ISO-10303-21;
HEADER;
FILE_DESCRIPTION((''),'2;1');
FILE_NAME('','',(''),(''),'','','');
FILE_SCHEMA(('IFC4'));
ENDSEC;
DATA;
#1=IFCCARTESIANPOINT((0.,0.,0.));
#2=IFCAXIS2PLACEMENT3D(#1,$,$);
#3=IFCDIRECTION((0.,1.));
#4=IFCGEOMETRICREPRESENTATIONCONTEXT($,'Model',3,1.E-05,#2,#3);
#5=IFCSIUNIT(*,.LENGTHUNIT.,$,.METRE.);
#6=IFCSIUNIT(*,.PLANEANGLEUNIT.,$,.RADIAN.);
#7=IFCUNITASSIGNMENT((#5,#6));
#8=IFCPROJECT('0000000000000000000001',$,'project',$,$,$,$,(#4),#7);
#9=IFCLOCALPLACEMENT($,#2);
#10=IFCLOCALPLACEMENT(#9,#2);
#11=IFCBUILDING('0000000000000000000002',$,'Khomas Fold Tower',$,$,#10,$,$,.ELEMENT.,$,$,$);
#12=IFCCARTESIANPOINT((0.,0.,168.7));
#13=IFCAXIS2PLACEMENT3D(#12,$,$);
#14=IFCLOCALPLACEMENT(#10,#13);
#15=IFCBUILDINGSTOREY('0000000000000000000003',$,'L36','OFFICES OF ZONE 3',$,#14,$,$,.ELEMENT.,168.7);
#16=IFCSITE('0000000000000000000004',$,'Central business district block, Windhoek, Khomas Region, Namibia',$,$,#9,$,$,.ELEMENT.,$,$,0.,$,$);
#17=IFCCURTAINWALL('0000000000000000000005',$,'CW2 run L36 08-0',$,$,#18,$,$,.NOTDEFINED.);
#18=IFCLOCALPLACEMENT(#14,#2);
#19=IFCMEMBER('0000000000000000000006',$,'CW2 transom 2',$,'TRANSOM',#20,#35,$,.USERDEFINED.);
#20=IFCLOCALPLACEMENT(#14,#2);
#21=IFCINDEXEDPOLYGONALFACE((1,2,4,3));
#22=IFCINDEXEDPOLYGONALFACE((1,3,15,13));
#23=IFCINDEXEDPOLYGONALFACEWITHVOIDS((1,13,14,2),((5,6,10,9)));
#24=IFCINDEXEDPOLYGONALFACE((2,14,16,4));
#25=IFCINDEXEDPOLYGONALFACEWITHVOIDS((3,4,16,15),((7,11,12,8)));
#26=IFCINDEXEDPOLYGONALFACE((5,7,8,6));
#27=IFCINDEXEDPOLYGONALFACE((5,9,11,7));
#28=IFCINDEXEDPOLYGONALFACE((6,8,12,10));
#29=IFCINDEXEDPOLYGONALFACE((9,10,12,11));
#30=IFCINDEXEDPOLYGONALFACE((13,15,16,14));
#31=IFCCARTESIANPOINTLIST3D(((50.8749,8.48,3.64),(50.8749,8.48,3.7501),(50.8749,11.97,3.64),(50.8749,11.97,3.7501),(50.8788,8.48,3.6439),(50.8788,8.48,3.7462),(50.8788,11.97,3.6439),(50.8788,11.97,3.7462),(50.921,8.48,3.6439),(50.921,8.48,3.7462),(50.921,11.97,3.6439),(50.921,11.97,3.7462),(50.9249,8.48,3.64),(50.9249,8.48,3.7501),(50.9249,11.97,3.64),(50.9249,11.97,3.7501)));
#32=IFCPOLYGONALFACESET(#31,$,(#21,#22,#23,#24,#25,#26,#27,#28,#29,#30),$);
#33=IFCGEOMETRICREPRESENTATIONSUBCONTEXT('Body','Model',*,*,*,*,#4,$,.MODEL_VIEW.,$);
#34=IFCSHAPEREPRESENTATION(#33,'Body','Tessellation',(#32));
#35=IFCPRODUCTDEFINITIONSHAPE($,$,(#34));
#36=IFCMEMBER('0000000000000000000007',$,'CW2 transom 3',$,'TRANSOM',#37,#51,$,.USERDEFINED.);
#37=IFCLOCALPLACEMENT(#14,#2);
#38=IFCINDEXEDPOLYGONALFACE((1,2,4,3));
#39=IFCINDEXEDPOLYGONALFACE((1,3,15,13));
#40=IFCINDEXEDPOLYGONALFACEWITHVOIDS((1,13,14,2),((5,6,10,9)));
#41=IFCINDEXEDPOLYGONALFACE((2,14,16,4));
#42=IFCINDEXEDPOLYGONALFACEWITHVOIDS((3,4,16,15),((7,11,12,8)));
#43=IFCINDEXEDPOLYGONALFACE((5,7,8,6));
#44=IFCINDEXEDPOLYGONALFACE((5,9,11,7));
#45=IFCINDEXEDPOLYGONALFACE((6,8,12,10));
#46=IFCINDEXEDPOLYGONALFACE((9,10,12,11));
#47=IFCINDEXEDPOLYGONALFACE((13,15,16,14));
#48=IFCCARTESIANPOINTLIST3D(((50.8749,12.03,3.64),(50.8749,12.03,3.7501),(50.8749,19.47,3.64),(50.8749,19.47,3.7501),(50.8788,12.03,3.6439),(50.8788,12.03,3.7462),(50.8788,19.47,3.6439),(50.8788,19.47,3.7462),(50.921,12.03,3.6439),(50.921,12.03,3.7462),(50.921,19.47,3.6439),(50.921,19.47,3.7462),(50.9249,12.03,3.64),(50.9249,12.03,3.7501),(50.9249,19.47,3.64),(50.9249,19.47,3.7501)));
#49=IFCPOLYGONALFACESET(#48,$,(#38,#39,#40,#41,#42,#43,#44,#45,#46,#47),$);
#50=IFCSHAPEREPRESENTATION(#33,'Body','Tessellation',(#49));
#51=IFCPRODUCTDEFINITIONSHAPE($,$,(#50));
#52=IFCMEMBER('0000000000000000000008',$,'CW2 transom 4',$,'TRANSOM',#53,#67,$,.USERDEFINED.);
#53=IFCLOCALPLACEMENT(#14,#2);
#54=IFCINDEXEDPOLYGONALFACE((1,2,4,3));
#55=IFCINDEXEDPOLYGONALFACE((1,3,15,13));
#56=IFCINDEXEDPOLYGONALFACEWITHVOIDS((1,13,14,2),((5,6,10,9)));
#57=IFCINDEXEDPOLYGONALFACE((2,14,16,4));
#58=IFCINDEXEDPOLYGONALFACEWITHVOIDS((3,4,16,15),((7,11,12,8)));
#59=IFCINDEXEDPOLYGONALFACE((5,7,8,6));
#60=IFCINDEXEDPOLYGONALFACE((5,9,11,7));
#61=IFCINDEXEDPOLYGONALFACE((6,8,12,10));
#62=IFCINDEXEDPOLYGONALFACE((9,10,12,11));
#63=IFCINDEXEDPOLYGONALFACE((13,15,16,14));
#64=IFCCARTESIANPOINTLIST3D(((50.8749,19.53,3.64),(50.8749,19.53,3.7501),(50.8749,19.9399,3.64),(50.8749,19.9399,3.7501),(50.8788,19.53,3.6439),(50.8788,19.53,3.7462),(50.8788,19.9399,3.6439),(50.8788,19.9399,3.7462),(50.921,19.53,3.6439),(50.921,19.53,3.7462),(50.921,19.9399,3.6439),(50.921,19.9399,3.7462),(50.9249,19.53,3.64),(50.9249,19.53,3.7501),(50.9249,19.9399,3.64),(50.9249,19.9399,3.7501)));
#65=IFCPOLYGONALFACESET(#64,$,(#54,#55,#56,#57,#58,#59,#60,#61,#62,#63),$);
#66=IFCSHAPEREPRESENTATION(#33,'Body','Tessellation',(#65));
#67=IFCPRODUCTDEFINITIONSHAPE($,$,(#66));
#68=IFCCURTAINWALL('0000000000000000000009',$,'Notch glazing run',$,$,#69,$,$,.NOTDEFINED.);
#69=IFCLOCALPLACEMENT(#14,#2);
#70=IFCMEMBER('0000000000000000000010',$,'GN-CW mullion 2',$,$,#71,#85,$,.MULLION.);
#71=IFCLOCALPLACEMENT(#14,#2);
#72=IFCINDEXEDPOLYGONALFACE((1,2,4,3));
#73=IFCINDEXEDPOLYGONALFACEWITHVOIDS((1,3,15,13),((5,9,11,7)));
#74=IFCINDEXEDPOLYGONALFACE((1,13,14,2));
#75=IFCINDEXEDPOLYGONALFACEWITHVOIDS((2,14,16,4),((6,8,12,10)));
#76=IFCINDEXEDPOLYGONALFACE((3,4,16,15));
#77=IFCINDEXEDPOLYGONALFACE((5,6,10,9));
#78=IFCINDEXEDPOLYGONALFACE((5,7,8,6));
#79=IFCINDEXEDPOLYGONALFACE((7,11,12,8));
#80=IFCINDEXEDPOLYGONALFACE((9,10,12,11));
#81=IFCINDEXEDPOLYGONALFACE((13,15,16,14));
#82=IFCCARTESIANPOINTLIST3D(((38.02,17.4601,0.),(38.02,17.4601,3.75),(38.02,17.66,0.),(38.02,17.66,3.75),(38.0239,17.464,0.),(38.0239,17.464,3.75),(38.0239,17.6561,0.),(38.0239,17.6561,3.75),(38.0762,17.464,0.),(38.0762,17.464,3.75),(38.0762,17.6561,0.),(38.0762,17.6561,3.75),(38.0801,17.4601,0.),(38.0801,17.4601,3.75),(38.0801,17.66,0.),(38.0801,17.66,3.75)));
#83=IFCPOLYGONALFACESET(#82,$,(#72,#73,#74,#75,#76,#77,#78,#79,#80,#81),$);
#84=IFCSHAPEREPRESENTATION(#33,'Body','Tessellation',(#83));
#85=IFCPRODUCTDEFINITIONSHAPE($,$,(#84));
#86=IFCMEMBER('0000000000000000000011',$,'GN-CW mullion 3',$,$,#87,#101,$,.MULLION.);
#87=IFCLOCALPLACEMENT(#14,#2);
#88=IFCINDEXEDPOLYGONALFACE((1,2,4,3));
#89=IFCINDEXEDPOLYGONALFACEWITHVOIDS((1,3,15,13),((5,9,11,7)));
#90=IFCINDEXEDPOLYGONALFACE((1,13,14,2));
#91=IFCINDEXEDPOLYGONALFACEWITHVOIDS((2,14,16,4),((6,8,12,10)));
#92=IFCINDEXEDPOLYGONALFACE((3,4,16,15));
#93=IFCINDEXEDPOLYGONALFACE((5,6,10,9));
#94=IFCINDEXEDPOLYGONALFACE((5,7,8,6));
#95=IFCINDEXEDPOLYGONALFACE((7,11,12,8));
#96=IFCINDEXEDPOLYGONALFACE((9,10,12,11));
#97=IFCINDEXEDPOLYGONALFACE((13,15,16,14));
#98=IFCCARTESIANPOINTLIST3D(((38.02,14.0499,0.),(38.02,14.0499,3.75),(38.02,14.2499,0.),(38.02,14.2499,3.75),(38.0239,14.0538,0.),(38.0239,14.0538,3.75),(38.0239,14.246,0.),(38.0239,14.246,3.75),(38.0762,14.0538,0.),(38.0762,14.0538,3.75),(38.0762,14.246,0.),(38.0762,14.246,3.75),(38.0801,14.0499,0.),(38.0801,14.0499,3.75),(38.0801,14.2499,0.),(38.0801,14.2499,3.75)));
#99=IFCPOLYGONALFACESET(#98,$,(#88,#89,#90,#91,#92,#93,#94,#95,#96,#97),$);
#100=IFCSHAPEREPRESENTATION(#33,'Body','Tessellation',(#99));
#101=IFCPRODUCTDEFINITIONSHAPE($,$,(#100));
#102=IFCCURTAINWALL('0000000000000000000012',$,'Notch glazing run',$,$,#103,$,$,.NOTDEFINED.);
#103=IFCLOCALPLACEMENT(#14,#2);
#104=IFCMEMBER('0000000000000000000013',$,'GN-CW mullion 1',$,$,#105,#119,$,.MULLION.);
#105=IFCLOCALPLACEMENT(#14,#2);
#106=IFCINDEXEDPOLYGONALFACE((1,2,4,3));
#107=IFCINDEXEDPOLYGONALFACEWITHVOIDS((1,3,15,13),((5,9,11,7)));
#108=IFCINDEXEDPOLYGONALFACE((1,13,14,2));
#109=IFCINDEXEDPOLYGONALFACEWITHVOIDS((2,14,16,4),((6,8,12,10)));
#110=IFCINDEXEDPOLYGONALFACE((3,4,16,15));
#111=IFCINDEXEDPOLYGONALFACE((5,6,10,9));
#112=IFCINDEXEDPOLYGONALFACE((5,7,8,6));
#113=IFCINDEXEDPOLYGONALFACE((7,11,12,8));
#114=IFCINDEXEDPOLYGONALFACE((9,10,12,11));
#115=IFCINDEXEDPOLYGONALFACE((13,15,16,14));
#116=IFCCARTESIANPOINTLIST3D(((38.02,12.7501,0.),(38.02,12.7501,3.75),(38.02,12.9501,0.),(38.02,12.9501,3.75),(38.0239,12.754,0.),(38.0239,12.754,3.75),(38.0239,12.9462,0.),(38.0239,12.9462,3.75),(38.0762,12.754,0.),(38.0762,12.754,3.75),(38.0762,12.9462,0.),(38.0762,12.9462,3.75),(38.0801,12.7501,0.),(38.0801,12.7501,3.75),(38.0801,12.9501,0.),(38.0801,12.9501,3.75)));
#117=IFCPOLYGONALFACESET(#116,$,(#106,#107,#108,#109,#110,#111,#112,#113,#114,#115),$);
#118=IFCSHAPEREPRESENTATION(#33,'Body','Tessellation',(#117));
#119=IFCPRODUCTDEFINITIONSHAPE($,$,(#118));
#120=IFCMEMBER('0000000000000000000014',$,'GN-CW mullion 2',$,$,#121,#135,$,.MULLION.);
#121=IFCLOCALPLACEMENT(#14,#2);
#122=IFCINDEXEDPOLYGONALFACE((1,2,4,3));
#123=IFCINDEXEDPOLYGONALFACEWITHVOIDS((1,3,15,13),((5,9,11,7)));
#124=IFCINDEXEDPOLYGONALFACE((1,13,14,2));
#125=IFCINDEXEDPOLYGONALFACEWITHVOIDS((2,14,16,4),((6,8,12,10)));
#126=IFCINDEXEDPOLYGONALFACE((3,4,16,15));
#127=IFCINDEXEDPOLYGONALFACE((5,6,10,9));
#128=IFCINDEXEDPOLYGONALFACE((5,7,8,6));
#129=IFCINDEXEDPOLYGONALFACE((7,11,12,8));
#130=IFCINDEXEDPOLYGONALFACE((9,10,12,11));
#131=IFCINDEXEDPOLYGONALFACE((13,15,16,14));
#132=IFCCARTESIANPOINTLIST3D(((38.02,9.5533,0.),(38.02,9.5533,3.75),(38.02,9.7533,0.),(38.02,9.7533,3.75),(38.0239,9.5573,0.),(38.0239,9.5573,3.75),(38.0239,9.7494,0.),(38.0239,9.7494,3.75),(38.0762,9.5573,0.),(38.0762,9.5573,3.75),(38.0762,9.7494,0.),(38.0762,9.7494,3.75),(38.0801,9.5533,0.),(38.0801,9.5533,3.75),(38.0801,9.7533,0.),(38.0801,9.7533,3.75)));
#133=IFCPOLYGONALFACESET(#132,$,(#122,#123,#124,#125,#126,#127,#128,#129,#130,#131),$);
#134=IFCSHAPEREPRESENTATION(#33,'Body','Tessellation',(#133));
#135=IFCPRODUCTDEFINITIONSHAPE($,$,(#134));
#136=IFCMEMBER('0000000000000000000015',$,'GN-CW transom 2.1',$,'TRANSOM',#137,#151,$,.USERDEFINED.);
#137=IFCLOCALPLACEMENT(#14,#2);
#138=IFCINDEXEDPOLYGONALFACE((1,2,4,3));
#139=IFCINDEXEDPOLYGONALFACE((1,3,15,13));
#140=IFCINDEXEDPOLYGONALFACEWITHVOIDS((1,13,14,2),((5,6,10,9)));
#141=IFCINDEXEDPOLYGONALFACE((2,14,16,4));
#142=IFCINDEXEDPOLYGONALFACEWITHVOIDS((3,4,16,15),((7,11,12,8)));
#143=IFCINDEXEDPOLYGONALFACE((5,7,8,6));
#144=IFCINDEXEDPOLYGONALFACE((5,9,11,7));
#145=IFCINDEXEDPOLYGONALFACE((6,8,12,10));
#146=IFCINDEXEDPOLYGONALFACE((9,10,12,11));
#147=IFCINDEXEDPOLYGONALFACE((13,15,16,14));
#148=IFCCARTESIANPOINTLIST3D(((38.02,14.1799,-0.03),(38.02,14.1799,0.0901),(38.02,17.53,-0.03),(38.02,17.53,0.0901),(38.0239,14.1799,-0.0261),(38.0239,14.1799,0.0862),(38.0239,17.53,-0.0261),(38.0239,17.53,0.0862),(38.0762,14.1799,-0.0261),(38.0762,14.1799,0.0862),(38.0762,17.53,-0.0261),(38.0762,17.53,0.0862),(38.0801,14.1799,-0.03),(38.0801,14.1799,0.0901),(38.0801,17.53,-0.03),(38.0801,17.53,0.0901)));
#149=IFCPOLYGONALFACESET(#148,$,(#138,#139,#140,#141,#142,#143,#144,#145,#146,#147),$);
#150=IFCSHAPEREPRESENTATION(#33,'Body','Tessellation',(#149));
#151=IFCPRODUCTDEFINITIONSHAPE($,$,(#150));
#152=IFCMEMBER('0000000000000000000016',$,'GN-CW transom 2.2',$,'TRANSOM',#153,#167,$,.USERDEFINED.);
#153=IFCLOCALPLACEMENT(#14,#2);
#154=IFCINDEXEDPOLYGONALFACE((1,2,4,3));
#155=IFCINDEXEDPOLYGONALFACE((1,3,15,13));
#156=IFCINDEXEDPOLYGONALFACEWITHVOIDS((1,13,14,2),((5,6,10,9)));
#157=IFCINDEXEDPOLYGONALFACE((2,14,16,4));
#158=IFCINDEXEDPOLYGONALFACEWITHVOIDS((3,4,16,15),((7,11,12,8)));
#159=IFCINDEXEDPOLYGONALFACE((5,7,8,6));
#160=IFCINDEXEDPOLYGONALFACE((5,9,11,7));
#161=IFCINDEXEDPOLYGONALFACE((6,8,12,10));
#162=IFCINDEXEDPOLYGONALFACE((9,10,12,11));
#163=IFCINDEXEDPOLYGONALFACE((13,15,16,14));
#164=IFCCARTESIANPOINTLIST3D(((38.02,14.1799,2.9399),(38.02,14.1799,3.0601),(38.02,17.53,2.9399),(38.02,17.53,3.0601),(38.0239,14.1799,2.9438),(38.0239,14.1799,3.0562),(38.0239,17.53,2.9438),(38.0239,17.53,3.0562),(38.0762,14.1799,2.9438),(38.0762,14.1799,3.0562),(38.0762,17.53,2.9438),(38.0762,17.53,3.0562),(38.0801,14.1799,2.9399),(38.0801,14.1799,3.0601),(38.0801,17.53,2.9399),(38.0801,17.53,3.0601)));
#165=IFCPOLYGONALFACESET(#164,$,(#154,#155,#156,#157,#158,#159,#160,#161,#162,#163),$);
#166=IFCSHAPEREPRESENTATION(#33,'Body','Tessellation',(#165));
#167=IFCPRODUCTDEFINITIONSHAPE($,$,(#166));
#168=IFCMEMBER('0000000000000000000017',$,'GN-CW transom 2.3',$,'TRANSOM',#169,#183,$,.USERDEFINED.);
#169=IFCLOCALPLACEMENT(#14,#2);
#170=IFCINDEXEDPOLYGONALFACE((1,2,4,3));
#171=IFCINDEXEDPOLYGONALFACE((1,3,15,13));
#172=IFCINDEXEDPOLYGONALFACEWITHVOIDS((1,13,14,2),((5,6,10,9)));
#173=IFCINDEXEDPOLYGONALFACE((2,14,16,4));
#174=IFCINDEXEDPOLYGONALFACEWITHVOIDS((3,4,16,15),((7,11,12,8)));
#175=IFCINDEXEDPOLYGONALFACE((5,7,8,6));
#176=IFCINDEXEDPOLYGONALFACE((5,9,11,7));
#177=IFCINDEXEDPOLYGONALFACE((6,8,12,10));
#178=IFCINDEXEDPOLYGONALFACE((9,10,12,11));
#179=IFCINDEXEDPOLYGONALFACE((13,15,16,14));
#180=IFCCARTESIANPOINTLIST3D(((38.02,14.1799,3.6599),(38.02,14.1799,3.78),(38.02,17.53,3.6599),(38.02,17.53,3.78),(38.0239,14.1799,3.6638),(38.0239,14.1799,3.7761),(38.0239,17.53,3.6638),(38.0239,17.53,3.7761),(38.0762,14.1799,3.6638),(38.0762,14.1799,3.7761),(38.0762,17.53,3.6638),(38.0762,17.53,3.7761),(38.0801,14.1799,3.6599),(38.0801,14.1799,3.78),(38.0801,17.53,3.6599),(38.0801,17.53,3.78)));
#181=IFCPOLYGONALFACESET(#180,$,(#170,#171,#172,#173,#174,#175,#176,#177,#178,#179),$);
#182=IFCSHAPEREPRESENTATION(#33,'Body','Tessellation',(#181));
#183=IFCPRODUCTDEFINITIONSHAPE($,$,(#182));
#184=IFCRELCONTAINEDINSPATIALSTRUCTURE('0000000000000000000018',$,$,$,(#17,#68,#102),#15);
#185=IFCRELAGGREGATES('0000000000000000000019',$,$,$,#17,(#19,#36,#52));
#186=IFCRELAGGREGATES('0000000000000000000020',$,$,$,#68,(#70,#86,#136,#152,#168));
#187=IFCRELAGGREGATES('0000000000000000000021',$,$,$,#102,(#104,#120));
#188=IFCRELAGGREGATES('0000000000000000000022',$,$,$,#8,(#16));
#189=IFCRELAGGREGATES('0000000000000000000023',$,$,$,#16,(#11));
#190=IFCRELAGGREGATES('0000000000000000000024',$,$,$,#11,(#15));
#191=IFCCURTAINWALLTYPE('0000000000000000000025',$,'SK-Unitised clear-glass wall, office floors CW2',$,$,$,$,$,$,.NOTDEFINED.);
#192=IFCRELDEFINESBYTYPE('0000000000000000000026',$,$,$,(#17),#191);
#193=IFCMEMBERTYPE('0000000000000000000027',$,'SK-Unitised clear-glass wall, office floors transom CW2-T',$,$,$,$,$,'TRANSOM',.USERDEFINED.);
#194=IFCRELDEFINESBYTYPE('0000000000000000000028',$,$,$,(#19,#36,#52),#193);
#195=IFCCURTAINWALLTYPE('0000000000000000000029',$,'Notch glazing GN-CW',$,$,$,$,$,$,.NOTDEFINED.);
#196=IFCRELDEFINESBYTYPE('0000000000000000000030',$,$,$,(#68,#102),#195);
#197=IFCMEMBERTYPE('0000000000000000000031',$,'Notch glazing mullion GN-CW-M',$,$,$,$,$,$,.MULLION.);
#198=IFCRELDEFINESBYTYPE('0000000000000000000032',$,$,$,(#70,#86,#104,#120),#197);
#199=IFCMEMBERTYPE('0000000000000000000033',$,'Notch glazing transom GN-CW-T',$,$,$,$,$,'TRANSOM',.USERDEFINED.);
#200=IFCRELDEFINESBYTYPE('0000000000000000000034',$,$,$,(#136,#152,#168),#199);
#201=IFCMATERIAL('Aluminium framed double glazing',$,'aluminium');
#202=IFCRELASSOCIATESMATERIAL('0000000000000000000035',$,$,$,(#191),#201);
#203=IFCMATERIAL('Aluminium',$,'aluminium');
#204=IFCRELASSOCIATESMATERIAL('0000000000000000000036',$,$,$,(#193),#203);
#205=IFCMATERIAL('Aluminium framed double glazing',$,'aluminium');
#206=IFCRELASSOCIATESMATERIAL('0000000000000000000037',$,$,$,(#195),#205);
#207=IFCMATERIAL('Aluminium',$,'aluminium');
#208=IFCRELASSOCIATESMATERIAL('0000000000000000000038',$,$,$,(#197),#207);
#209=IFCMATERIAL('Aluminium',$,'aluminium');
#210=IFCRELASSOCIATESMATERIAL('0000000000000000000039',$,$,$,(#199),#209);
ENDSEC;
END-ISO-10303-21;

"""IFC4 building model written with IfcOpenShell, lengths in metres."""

from ifc_helpers import new_model, si_unit, direction, frame, origin, origin_2d, place, context, subcontext, project, spatial, hollow_rectangle, extrude, source, transform, mapped, material, material_profile, profile_set, type_object, element, aggregate, save


model = new_model("IFC4")

# Units and contexts
model_context = context("Model", 3, precision=1e-05, world=origin(), true_north=direction((0.0, 1.0)))
body_context = subcontext(model_context, "Body", "Model", "MODEL_VIEW")
ifc_project = project(units=[si_unit("LENGTHUNIT", "METRE"), si_unit("PLANEANGLEUNIT", "RADIAN")], contexts=[model_context])

# Site, building, storey
site_placement = place(None, origin())
site = spatial("IfcSite", under=ifc_project, at=site_placement, Name="Central business district block, Windhoek, Khomas Region, Namibia", CompositionType="ELEMENT", RefElevation=0.0)
building_placement = place(site_placement, origin())
building = spatial("IfcBuilding", under=site, at=building_placement, Name="Khomas Fold Tower", CompositionType="ELEMENT")
storey_placement = place(building_placement, frame((0.0, 0.0, 168.7)))
storey = spatial("IfcBuildingStorey", under=building, at=storey_placement, Name="L36", Description="OFFICES OF ZONE 3", CompositionType="ELEMENT", Elevation=168.7)

# Curtain walls, members
ifc_material_1 = material(Name="Aluminium framed double glazing", Category="aluminium")
curtain_wall_type_1 = type_object("IfcCurtainWallType", Name="SK-Unitised clear-glass wall, office floors CW2", PredefinedType="NOTDEFINED", material=ifc_material_1)
curtain_wall_1_placement = place(storey_placement, origin())
curtain_wall_1 = element("IfcCurtainWall", 1, at=curtain_wall_1_placement, inside=storey, type_object=curtain_wall_type_1, Name="CW2 run L36 08-0", PredefinedType="NOTDEFINED")
ifc_material_2 = material(Name="Aluminium", Category="aluminium")
ifc_material_profile_1 = material_profile(ifc_material_2, hollow_rectangle(XDim=0.05, YDim=0.1101, WallThickness=0.0039, at=origin_2d()), Name="SK-Unitised clear-glass wall, office floors transom CW2-T")
ifc_profile_set_1 = profile_set([ifc_material_profile_1], Name="Aluminium")
member_type_1 = type_object("IfcMemberType", Name="SK-Unitised clear-glass wall, office floors transom CW2-T", ElementType="TRANSOM", PredefinedType="USERDEFINED", material=ifc_profile_set_1)
shared_shape_1 = source(origin(), body_context, "Body", "SweptSolid", [
    extrude(hollow_rectangle(XDim=0.05, YDim=0.1101, WallThickness=0.0039, at=origin_2d()), origin(), (0.0, 0.0, 1.0), 3.49),
])
member_1_placement = place(storey_placement, frame((50.8999, 8.48, 3.6951), z_axis=(0.0, 1.0, 0.0), x_axis=(-1.0, 0.0, 0.0)))
member_1 = element("IfcMember", 2, at=member_1_placement, type_object=member_type_1, Name="CW2 transom 2", ObjectType="TRANSOM", PredefinedType="USERDEFINED", context=body_context, shape_type="MappedRepresentation", body=[
    mapped(shared_shape_1, transform((0.0, 0.0, 0.0))),
])
shared_shape_2 = source(origin(), body_context, "Body", "SweptSolid", [
    extrude(hollow_rectangle(XDim=0.05, YDim=0.1101, WallThickness=0.0039, at=origin_2d()), origin(), (0.0, 0.0, 1.0), 7.4399),
])
member_2_placement = place(storey_placement, frame((50.8999, 12.03, 3.6951), z_axis=(0.0, 1.0, 0.0), x_axis=(-1.0, 0.0, 0.0)))
member_2 = element("IfcMember", 3, at=member_2_placement, type_object=member_type_1, Name="CW2 transom 3", ObjectType="TRANSOM", PredefinedType="USERDEFINED", context=body_context, shape_type="MappedRepresentation", body=[
    mapped(shared_shape_2, transform((0.0, 0.0, 0.0))),
])
shared_shape_3 = source(origin(), body_context, "Body", "SweptSolid", [
    extrude(hollow_rectangle(XDim=0.05, YDim=0.1101, WallThickness=0.0039, at=origin_2d()), origin(), (0.0, 0.0, 1.0), 0.4099),
])
member_3_placement = place(storey_placement, frame((50.8999, 19.53, 3.6951), z_axis=(0.0, 1.0, 0.0), x_axis=(-1.0, 0.0, 0.0)))
member_3 = element("IfcMember", 4, at=member_3_placement, type_object=member_type_1, Name="CW2 transom 4", ObjectType="TRANSOM", PredefinedType="USERDEFINED", context=body_context, shape_type="MappedRepresentation", body=[
    mapped(shared_shape_3, transform((0.0, 0.0, 0.0))),
])
ifc_material_3 = material(Name="Aluminium framed double glazing", Category="aluminium")
curtain_wall_type_2 = type_object("IfcCurtainWallType", Name="Notch glazing GN-CW", PredefinedType="NOTDEFINED", material=ifc_material_3)
curtain_wall_2_placement = place(storey_placement, origin())
curtain_wall_2 = element("IfcCurtainWall", 5, at=curtain_wall_2_placement, inside=storey, type_object=curtain_wall_type_2, Name="Notch glazing run", PredefinedType="NOTDEFINED")
ifc_material_4 = material(Name="Aluminium", Category="aluminium")
ifc_material_profile_2 = material_profile(ifc_material_4, hollow_rectangle(XDim=0.0601, YDim=0.2, WallThickness=0.0039, at=origin_2d()), Name="Notch glazing mullion GN-CW-M")
ifc_profile_set_2 = profile_set([ifc_material_profile_2], Name="Aluminium")
member_type_2 = type_object("IfcMemberType", Name="Notch glazing mullion GN-CW-M", PredefinedType="MULLION", material=ifc_profile_set_2)
shared_shape_4 = source(origin(), body_context, "Body", "SweptSolid", [
    extrude(hollow_rectangle(XDim=0.0601, YDim=0.2, WallThickness=0.0039, at=origin_2d()), origin(), (0.0, 0.0, 1.0), 3.75),
])
member_4_placement = place(storey_placement, frame((38.05, 17.5601, 0.0), z_axis=(0.0, 0.0, 1.0), x_axis=(1.0, 0.0, 0.0)))
member_4 = element("IfcMember", 6, at=member_4_placement, type_object=member_type_2, Name="GN-CW mullion 2", PredefinedType="MULLION", context=body_context, shape_type="MappedRepresentation", body=[
    mapped(shared_shape_4, transform((0.0, 0.0, 0.0))),
])
member_5_placement = place(storey_placement, frame((38.05, 14.1499, 0.0), z_axis=(0.0, 0.0, 1.0), x_axis=(1.0, 0.0, 0.0)))
member_5 = element("IfcMember", 7, at=member_5_placement, type_object=member_type_2, Name="GN-CW mullion 3", PredefinedType="MULLION", context=body_context, shape_type="MappedRepresentation", body=[
    mapped(shared_shape_4, transform((0.0, 0.0, 0.0))),
])
curtain_wall_3_placement = place(storey_placement, origin())
curtain_wall_3 = element("IfcCurtainWall", 8, at=curtain_wall_3_placement, inside=storey, type_object=curtain_wall_type_2, Name="Notch glazing run", PredefinedType="NOTDEFINED")
member_6_placement = place(storey_placement, frame((38.05, 12.8501, 0.0), z_axis=(0.0, 0.0, 1.0), x_axis=(1.0, 0.0, 0.0)))
member_6 = element("IfcMember", 9, at=member_6_placement, type_object=member_type_2, Name="GN-CW mullion 1", PredefinedType="MULLION", context=body_context, shape_type="MappedRepresentation", body=[
    mapped(shared_shape_4, transform((0.0, 0.0, 0.0))),
])
member_7_placement = place(storey_placement, frame((38.05, 9.6533, 0.0), z_axis=(0.0, 0.0, 1.0), x_axis=(1.0, 0.0, 0.0)))
member_7 = element("IfcMember", 10, at=member_7_placement, type_object=member_type_2, Name="GN-CW mullion 2", PredefinedType="MULLION", context=body_context, shape_type="MappedRepresentation", body=[
    mapped(shared_shape_4, transform((0.0, 0.0, 0.0))),
])

# Members
ifc_material_5 = material(Name="Aluminium", Category="aluminium")
ifc_material_profile_3 = material_profile(ifc_material_5, hollow_rectangle(XDim=0.0601, YDim=0.1201, WallThickness=0.0039, at=origin_2d()), Name="Notch glazing transom GN-CW-T")
ifc_profile_set_3 = profile_set([ifc_material_profile_3], Name="Aluminium")
member_type_3 = type_object("IfcMemberType", Name="Notch glazing transom GN-CW-T", ElementType="TRANSOM", PredefinedType="USERDEFINED", material=ifc_profile_set_3)
shared_shape_5 = source(origin(), body_context, "Body", "SweptSolid", [
    extrude(hollow_rectangle(XDim=0.0601, YDim=0.1201, WallThickness=0.0039, at=origin_2d()), origin(), (0.0, 0.0, 1.0), 3.3501),
])
member_8_placement = place(storey_placement, frame((38.05, 17.53, 0.03), z_axis=(0.0, -1.0, 0.0), x_axis=(1.0, 0.0, 0.0)))
member_8 = element("IfcMember", 11, at=member_8_placement, type_object=member_type_3, Name="GN-CW transom 2.1", ObjectType="TRANSOM", PredefinedType="USERDEFINED", context=body_context, shape_type="MappedRepresentation", body=[
    mapped(shared_shape_5, transform((0.0, 0.0, 0.0))),
])
member_9_placement = place(storey_placement, frame((38.05, 17.53, 3.0), z_axis=(0.0, -1.0, 0.0), x_axis=(1.0, 0.0, 0.0)))
member_9 = element("IfcMember", 12, at=member_9_placement, type_object=member_type_3, Name="GN-CW transom 2.2", ObjectType="TRANSOM", PredefinedType="USERDEFINED", context=body_context, shape_type="MappedRepresentation", body=[
    mapped(shared_shape_5, transform((0.0, 0.0, 0.0))),
])
member_10_placement = place(storey_placement, frame((38.05, 17.53, 3.72), z_axis=(0.0, -1.0, 0.0), x_axis=(1.0, 0.0, 0.0)))
member_10 = element("IfcMember", 13, at=member_10_placement, type_object=member_type_3, Name="GN-CW transom 2.3", ObjectType="TRANSOM", PredefinedType="USERDEFINED", context=body_context, shape_type="MappedRepresentation", body=[
    mapped(shared_shape_5, transform((0.0, 0.0, 0.0))),
])

aggregate(curtain_wall_1, [member_1, member_2, member_3])
aggregate(curtain_wall_2, [member_4, member_5, member_8, member_9, member_10])
aggregate(curtain_wall_3, [member_6, member_7])

save(model, "model.ifc")
